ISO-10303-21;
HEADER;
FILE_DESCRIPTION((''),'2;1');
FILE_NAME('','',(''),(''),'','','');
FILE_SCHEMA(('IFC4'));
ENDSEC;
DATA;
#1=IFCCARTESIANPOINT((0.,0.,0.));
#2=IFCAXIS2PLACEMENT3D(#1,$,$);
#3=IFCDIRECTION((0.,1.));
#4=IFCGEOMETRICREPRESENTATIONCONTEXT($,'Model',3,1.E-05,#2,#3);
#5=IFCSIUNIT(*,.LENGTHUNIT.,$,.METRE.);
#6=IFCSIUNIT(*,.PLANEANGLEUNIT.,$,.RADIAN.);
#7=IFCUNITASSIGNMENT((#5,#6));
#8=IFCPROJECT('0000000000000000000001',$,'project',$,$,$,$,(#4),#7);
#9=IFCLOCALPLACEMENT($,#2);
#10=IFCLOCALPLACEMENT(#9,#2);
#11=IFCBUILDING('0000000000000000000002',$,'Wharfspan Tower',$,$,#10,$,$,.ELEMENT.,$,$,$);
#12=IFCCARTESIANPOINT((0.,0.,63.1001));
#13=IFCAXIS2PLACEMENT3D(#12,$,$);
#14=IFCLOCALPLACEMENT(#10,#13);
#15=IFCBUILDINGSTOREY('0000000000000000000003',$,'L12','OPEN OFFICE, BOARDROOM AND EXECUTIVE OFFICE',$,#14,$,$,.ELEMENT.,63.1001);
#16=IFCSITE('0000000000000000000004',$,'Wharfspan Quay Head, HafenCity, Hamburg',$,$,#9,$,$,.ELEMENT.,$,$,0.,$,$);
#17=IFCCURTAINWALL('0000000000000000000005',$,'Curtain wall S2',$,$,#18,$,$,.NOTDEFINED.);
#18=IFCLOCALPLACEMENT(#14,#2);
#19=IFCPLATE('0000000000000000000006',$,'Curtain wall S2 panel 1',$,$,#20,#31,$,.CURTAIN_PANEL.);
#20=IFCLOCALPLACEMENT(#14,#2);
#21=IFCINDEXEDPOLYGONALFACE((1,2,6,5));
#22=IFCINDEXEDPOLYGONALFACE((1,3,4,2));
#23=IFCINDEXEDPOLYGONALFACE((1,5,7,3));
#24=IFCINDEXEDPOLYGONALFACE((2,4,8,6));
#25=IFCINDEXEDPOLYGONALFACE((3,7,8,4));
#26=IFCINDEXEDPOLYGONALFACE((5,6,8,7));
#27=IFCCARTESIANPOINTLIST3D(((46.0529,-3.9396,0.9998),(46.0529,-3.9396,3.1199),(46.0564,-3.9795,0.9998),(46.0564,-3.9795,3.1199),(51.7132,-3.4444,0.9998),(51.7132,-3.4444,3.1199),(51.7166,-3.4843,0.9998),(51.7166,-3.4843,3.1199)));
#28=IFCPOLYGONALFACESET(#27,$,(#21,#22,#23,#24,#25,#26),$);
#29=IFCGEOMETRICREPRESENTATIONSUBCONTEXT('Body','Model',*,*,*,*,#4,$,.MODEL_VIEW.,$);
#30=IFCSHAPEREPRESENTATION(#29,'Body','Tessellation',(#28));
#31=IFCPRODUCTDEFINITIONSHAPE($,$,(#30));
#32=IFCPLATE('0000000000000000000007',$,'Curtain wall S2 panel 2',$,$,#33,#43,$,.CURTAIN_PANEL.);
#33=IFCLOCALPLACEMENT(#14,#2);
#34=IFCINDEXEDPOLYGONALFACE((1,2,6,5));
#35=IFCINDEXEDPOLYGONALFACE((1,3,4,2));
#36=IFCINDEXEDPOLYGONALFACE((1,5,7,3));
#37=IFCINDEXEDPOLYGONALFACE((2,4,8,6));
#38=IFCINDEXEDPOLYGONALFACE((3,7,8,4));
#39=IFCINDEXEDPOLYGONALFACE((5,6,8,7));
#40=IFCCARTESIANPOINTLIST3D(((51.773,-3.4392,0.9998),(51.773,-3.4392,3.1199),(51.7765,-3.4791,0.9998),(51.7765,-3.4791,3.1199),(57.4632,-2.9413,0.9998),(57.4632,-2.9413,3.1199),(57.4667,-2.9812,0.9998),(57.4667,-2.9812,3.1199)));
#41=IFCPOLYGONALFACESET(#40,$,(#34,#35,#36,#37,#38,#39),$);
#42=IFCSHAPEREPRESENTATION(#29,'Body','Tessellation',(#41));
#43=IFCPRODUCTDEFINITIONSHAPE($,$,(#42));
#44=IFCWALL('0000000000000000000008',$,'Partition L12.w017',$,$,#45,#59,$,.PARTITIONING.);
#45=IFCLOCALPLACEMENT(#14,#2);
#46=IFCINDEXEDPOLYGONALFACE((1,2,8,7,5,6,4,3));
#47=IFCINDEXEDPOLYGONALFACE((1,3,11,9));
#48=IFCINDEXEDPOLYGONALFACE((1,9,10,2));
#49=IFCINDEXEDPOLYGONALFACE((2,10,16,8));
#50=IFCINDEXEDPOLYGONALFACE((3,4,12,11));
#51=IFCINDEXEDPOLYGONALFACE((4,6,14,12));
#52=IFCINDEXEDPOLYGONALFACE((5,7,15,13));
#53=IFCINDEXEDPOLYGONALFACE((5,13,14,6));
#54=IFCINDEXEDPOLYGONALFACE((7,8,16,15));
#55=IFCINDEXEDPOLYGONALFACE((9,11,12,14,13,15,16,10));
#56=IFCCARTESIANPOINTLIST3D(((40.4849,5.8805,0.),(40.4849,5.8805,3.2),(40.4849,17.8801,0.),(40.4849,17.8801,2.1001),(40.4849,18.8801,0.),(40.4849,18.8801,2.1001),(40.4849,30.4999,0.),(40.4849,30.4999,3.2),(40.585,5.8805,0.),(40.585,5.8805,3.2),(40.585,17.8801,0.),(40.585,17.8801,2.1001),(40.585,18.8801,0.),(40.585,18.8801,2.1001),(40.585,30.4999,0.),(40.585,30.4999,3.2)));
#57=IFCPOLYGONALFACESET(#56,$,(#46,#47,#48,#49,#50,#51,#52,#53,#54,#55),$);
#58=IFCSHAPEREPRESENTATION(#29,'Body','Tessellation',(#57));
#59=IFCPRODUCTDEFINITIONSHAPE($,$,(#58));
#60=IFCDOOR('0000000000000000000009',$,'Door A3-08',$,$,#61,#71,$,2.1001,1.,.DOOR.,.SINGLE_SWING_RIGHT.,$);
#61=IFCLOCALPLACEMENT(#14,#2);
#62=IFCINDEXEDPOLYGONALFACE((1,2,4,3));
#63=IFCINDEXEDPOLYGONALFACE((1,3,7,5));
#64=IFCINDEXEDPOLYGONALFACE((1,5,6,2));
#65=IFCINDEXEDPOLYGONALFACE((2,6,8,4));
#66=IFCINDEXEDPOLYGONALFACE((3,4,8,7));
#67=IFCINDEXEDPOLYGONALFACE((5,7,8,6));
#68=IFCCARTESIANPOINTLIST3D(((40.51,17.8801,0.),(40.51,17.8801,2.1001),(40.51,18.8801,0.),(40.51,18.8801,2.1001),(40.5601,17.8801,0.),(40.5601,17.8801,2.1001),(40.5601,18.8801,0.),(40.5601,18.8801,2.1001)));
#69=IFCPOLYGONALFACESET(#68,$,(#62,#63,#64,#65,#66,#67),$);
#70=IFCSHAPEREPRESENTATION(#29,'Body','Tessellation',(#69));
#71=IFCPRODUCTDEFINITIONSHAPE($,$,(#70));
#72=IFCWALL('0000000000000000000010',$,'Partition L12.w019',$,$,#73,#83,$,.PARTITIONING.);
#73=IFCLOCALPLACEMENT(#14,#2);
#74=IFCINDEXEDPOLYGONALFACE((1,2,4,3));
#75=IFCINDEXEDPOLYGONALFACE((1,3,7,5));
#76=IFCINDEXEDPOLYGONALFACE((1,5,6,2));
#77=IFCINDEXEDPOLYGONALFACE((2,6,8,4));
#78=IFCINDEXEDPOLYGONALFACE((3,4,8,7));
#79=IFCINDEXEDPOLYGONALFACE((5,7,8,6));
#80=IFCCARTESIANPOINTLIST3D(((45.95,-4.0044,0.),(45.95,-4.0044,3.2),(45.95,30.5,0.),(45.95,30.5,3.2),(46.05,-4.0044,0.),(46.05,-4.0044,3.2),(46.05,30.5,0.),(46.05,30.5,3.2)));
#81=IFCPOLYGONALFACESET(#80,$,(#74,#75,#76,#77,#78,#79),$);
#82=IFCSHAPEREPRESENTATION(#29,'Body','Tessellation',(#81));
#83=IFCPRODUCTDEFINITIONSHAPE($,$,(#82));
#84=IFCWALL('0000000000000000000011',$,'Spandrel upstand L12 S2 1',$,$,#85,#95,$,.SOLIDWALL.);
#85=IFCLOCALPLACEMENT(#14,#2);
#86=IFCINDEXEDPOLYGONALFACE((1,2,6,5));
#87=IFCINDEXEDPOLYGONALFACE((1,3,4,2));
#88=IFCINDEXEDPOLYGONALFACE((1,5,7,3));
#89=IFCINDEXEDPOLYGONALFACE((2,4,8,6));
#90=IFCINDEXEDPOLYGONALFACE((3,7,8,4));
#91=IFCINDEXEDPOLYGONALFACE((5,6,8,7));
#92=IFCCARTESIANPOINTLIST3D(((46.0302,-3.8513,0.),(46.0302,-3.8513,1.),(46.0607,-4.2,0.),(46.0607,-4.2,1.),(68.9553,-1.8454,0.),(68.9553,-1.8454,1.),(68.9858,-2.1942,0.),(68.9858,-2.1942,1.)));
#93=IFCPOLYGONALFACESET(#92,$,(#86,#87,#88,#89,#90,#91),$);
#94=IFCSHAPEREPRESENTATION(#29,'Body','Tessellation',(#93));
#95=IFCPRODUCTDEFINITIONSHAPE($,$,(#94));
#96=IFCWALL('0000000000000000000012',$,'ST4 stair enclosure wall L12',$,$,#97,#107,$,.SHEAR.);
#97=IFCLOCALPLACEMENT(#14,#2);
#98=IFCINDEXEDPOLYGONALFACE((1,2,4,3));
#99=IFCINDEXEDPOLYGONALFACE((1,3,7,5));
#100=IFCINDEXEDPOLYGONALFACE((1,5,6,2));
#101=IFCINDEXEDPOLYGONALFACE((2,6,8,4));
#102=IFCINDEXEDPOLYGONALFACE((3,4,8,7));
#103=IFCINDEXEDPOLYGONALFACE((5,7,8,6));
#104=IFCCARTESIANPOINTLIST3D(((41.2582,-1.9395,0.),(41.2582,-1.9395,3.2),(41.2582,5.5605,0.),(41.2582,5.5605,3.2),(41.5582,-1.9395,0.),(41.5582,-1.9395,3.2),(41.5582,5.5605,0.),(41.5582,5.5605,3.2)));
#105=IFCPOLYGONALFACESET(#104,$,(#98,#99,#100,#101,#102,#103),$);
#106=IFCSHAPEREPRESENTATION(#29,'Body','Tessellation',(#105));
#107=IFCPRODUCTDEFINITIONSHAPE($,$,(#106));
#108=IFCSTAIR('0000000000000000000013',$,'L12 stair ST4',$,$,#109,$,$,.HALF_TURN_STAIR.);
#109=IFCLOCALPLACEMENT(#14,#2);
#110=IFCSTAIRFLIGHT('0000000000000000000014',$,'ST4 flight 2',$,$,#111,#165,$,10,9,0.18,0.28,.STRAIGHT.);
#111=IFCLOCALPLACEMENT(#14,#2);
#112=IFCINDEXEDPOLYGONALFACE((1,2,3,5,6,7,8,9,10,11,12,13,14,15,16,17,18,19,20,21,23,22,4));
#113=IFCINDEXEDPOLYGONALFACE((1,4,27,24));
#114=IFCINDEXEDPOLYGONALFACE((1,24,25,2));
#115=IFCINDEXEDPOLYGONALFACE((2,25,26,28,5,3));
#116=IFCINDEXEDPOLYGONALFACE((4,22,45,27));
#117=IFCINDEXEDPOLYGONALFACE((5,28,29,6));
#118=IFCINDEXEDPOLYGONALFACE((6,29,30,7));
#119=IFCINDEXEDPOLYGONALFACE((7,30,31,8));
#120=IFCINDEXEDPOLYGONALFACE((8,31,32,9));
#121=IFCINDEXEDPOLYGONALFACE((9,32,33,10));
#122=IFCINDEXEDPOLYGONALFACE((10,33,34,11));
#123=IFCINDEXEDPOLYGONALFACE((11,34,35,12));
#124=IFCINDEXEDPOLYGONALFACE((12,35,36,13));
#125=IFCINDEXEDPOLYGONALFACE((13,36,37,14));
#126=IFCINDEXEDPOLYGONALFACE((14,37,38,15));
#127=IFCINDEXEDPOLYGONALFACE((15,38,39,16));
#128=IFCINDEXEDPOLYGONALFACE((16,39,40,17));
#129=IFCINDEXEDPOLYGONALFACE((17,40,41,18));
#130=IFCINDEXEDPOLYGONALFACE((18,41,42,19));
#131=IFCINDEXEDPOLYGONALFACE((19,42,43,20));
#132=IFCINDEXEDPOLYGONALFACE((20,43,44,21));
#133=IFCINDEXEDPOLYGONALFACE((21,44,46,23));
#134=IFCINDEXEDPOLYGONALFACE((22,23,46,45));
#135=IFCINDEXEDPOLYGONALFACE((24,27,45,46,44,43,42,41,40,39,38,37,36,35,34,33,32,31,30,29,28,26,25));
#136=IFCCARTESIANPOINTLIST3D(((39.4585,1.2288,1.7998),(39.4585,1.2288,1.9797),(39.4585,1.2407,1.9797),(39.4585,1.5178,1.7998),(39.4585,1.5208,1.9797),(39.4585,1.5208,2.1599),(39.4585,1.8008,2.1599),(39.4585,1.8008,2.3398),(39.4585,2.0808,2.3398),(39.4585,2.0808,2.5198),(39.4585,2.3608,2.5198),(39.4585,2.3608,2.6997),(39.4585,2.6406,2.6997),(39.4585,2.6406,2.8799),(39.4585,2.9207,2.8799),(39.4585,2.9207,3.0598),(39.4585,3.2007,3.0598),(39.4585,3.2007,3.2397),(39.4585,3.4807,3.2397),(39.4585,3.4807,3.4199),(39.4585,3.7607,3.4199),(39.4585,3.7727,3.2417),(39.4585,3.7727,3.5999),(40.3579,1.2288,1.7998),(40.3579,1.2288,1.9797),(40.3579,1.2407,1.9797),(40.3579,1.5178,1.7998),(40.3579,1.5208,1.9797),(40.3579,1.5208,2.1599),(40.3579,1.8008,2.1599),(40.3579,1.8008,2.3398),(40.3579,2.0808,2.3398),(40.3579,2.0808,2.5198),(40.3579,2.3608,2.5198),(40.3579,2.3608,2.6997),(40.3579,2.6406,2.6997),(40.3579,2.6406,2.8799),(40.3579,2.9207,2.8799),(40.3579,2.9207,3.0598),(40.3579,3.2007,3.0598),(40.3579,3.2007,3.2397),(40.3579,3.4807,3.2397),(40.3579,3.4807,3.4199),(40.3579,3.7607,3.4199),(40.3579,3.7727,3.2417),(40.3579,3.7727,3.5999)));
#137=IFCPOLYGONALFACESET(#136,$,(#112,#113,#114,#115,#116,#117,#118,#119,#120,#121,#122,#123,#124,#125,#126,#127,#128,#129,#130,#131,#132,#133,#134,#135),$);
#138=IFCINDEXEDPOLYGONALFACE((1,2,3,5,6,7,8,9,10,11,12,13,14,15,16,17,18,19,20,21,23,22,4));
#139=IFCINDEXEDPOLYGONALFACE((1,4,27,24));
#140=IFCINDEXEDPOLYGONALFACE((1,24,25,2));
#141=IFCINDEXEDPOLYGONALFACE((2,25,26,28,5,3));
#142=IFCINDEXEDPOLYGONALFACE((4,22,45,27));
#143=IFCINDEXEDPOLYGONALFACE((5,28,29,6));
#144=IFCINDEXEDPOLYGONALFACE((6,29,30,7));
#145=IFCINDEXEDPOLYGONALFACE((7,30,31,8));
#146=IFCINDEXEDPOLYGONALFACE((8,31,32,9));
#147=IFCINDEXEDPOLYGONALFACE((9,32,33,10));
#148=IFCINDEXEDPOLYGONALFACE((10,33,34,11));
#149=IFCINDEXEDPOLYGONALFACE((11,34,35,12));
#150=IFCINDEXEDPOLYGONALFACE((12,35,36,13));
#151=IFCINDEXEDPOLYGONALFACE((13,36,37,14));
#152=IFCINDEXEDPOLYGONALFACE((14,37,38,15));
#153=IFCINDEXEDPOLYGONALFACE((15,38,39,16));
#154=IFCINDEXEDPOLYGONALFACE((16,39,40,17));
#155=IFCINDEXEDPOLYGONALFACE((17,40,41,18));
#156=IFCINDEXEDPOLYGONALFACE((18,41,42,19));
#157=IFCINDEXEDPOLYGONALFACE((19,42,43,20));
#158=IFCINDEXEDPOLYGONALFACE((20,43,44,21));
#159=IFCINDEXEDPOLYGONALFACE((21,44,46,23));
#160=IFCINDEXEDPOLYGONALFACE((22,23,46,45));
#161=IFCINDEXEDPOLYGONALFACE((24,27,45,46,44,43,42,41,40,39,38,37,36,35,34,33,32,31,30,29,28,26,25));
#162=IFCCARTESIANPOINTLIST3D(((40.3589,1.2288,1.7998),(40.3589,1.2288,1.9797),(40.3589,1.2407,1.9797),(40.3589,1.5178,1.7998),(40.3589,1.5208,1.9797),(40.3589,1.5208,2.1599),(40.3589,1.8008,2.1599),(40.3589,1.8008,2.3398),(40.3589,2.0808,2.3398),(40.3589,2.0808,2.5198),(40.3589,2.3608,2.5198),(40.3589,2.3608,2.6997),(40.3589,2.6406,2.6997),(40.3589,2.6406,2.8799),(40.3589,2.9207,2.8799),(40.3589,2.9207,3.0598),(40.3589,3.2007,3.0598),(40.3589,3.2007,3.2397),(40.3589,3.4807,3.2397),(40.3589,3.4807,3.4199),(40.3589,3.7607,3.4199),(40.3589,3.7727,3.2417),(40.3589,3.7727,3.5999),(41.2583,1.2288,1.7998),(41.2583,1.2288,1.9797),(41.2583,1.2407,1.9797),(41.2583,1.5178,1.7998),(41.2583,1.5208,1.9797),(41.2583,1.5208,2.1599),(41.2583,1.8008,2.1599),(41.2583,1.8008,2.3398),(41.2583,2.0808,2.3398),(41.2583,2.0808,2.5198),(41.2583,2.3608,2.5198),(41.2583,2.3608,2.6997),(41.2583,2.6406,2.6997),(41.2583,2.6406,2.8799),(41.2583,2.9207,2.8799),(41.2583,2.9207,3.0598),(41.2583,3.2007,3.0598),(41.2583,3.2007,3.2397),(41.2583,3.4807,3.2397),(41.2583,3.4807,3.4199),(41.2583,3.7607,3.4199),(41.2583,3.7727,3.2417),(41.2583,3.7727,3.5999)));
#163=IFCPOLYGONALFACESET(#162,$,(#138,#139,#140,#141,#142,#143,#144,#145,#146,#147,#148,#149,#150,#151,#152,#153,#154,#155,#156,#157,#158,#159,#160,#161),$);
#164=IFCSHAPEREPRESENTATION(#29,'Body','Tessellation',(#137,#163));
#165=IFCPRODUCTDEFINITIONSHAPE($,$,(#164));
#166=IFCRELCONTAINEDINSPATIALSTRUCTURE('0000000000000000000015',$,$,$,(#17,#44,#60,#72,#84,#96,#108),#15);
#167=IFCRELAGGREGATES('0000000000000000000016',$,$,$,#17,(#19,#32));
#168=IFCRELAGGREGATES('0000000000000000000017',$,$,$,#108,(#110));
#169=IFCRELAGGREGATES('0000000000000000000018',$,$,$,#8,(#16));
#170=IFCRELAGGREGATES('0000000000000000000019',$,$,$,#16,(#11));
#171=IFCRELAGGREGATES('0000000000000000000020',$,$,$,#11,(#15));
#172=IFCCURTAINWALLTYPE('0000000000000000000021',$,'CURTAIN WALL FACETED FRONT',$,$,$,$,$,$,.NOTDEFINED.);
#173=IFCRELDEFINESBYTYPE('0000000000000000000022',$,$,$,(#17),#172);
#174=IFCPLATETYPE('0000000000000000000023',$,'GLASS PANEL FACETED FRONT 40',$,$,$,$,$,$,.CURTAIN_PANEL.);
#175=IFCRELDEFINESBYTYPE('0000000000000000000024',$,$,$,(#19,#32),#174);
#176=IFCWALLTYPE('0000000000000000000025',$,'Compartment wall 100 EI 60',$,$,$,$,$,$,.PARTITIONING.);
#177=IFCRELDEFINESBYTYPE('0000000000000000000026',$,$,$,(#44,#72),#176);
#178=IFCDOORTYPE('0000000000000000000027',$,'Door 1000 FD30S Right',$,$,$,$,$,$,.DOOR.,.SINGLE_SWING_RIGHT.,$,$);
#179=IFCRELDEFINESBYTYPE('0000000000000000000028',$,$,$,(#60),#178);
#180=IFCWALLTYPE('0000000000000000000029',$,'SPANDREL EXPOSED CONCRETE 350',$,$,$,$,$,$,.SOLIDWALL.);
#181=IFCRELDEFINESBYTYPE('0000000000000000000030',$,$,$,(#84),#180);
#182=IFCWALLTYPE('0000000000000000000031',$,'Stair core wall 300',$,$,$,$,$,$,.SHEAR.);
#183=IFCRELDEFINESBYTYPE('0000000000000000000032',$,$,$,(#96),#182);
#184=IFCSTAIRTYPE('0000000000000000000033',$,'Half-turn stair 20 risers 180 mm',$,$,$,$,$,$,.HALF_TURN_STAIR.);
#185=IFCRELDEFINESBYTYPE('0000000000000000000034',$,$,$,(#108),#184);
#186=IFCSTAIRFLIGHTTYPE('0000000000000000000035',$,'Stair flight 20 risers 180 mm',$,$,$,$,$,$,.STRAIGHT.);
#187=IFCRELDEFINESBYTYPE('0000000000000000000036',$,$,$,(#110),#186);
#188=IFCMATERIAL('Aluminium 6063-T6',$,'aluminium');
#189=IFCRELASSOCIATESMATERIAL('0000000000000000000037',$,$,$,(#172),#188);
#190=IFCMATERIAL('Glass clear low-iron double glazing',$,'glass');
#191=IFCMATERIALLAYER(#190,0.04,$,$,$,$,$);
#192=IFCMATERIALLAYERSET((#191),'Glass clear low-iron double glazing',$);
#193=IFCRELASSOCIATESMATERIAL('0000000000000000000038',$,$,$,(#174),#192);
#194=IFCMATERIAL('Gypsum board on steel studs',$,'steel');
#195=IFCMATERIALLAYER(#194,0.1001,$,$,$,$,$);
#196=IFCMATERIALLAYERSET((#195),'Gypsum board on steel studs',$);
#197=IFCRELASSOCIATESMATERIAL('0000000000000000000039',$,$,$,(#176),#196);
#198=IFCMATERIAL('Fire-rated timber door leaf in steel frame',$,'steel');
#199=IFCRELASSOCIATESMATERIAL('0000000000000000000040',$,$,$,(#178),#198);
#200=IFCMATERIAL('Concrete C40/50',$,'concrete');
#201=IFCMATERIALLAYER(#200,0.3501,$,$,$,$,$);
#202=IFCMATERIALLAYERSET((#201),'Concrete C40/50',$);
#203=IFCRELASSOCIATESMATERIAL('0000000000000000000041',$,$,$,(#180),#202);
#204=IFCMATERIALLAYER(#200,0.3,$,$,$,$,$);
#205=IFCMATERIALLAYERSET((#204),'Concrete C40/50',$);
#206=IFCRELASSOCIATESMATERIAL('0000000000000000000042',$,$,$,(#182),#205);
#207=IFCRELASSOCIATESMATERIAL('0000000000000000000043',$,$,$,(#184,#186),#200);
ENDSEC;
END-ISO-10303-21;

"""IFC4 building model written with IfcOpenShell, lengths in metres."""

from ifc_helpers import new_model, si_unit, direction, frame, frame_2d, origin, origin_2d, place, context, subcontext, project, spatial, polyline, rectangle, outline, extrude, material, layer, layer_set, type_object, element, fill, aggregate, save


model = new_model("IFC4")

# Units and contexts
model_context = context("Model", 3, precision=1e-05, world=origin(), true_north=direction((0.0, 1.0)))
body_context = subcontext(model_context, "Body", "Model", "MODEL_VIEW")
ifc_project = project(units=[si_unit("LENGTHUNIT", "METRE"), si_unit("PLANEANGLEUNIT", "RADIAN")], contexts=[model_context])

# Site, building, storey
site_placement = place(None, origin())
site = spatial("IfcSite", under=ifc_project, at=site_placement, Name="Wharfspan Quay Head, HafenCity, Hamburg", CompositionType="ELEMENT", RefElevation=0.0)
building_placement = place(site_placement, origin())
building = spatial("IfcBuilding", under=site, at=building_placement, Name="Wharfspan Tower", CompositionType="ELEMENT")
storey_placement = place(building_placement, frame((0.0, 0.0, 63.1001)))
storey = spatial("IfcBuildingStorey", under=building, at=storey_placement, Name="L12", Description="OPEN OFFICE, BOARDROOM AND EXECUTIVE OFFICE", CompositionType="ELEMENT", Elevation=63.1001)

# Curtain wall
ifc_material_1 = material(Name="Aluminium 6063-T6", Category="aluminium")
curtain_wall_type = type_object("IfcCurtainWallType", Name="CURTAIN WALL FACETED FRONT", PredefinedType="NOTDEFINED", material=ifc_material_1)
curtain_wall_1_placement = place(storey_placement, origin())
curtain_wall_1 = element("IfcCurtainWall", 1, at=curtain_wall_1_placement, inside=storey, type_object=curtain_wall_type, Name="Curtain wall S2", PredefinedType="NOTDEFINED")

# Plates
ifc_material_2 = material(Name="Glass clear low-iron double glazing", Category="glass")
ifc_layer_1 = layer(ifc_material_2, 0.04)
ifc_layer_set_1 = layer_set([ifc_layer_1], Name="Glass clear low-iron double glazing")
plate_type = type_object("IfcPlateType", Name="GLASS PANEL FACETED FRONT 40", PredefinedType="CURTAIN_PANEL", material=ifc_layer_set_1)
plate_1_placement = place(storey_placement, frame((48.8848, -3.7119, 0.9998), z_axis=(0.0, 0.0, 1.0), x_axis=(0.996197, 0.087156, 0.0)))
plate_1 = element("IfcPlate", 2, at=plate_1_placement, type_object=plate_type, Name="Curtain wall S2 panel 1", PredefinedType="CURTAIN_PANEL", context=body_context, shape_type="SweptSolid", body=[
    extrude(rectangle(XDim=5.6819, YDim=0.04, at=origin_2d()), origin(), (0.0, 0.0, 1.0), 2.1201),
])
plate_2_placement = place(storey_placement, frame((54.6199, -3.2102, 0.9998), z_axis=(0.0, 0.0, 1.0), x_axis=(0.996197, 0.087156, 0.0)))
plate_2 = element("IfcPlate", 3, at=plate_2_placement, type_object=plate_type, Name="Curtain wall S2 panel 2", PredefinedType="CURTAIN_PANEL", context=body_context, shape_type="SweptSolid", body=[
    extrude(rectangle(XDim=5.7119, YDim=0.04, at=origin_2d()), origin(), (0.0, 0.0, 1.0), 2.1201),
])
aggregate(curtain_wall_1, [plate_1, plate_2])

# Wall, opening, door
ifc_material_3 = material(Name="Gypsum board on steel studs", Category="steel")
ifc_layer_2 = layer(ifc_material_3, 0.1001)
ifc_layer_set_2 = layer_set([ifc_layer_2], Name="Gypsum board on steel studs")
wall_type_1 = type_object("IfcWallType", Name="Compartment wall 100 EI 60", PredefinedType="PARTITIONING", material=ifc_layer_set_2)
wall_1_placement = place(storey_placement, frame((40.5349, 5.8806, 0.0), z_axis=(0.0, 0.0, 1.0), x_axis=(0.0, 1.0, 0.0)))
wall_1 = element("IfcWall", 4, at=wall_1_placement, inside=storey, type_object=wall_type_1, Name="Partition L12.w017", PredefinedType="PARTITIONING", context=body_context, shape_type="SweptSolid", body=[
    extrude(rectangle(XDim=24.6194, YDim=0.1001, at=frame_2d((12.3096, 0.0))), origin(), (0.0, 0.0, 1.0), 3.2),
])
opening_placement = place(wall_1_placement, frame((11.9995, 0.0, 0.0)))
opening = element("IfcOpeningElement", 5, at=opening_placement, cuts=wall_1, PredefinedType="OPENING", context=body_context, shape_type="SweptSolid", body=[
    extrude(rectangle(XDim=1.0, YDim=2.1001, at=frame_2d((0.5, 1.05))), frame((0.0, 0.0601, 0.0), z_axis=(0.0, -1.0, 0.0), x_axis=(1.0, 0.0, 0.0)), (0.0, 0.0, 1.0), 0.1201),
])
ifc_material_4 = material(Name="Fire-rated timber door leaf in steel frame", Category="steel")
door_type = type_object("IfcDoorType", Name="Door 1000 FD30S Right", OperationType="SINGLE_SWING_RIGHT", PredefinedType="DOOR", material=ifc_material_4)
door_placement = place(opening_placement, origin())
door = element("IfcDoor", 6, at=door_placement, inside=storey, type_object=door_type, Name="Door A3-08", OperationType="SINGLE_SWING_RIGHT", OverallHeight=2.1001, OverallWidth=1.0, PredefinedType="DOOR", context=body_context, shape_type="SweptSolid", body=[
    extrude(rectangle(XDim=1.0, YDim=2.1001, at=frame_2d((0.5, 1.05))), frame((0.0, 0.0249, 0.0), z_axis=(0.0, -1.0, 0.0), x_axis=(1.0, 0.0, 0.0)), (0.0, 0.0, 1.0), 0.05),
])
fill(opening, door)

# Walls
wall_2_placement = place(storey_placement, frame((46.0, -4.0044, 0.0), z_axis=(0.0, 0.0, 1.0), x_axis=(0.0, 1.0, 0.0)))
element("IfcWall", 7, at=wall_2_placement, inside=storey, type_object=wall_type_1, Name="Partition L12.w019", PredefinedType="PARTITIONING", context=body_context, shape_type="SweptSolid", body=[
    extrude(rectangle(XDim=34.5044, YDim=0.1001, at=frame_2d((17.2522, 0.0))), origin(), (0.0, 0.0, 1.0), 3.2),
])
ifc_material_5 = material(Name="Concrete C40/50", Category="concrete")
ifc_layer_3 = layer(ifc_material_5, 0.3501)
ifc_layer_set_3 = layer_set([ifc_layer_3], Name="Concrete C40/50")
wall_type_2 = type_object("IfcWallType", Name="SPANDREL EXPOSED CONCRETE 350", PredefinedType="SOLIDWALL", material=ifc_layer_set_3)
wall_3_placement = place(storey_placement, frame((46.0454, -4.0256, 0.0), z_axis=(0.0, 0.0, 1.0), x_axis=(0.99619, 0.087163, 0.0)))
element("IfcWall", 8, at=wall_3_placement, inside=storey, type_object=wall_type_2, Name="Spandrel upstand L12 S2 1", PredefinedType="SOLIDWALL", context=body_context, shape_type="SweptSolid", body=[
    extrude(rectangle(XDim=23.0127, YDim=0.3501, at=frame_2d((11.5063, 0.0))), origin(), (0.0, 0.0, 1.0), 1.0),
])
ifc_layer_4 = layer(ifc_material_5, 0.3)
ifc_layer_set_4 = layer_set([ifc_layer_4], Name="Concrete C40/50")
wall_type_3 = type_object("IfcWallType", Name="Stair core wall 300", PredefinedType="SHEAR", material=ifc_layer_set_4)
wall_4_placement = place(storey_placement, frame((41.4082, -1.9395, 0.0), z_axis=(0.0, 0.0, 1.0), x_axis=(0.0, 1.0, 0.0)))
element("IfcWall", 9, at=wall_4_placement, inside=storey, type_object=wall_type_3, Name="ST4 stair enclosure wall L12", PredefinedType="SHEAR", context=body_context, shape_type="SweptSolid", body=[
    extrude(rectangle(XDim=7.5, YDim=0.3, at=frame_2d((3.75, 0.0))), origin(), (0.0, 0.0, 1.0), 3.2),
])

# Stair, stair flight
stair_type = type_object("IfcStairType", Name="Half-turn stair 20 risers 180 mm", PredefinedType="HALF_TURN_STAIR", material=ifc_material_5)
stair_placement = place(storey_placement, origin())
stair = element("IfcStair", 10, at=stair_placement, inside=storey, type_object=stair_type, Name="L12 stair ST4", PredefinedType="HALF_TURN_STAIR")
stair_flight_type = type_object("IfcStairFlightType", Name="Stair flight 20 risers 180 mm", PredefinedType="STRAIGHT", material=ifc_material_5)
stair_flight_placement = place(storey_placement, frame((40.3584, 1.2407, 1.7998), z_axis=(0.0, 0.0, 1.0), x_axis=(0.0, 1.0, 0.0)))
stair_flight = element("IfcStairFlight", 11, at=stair_flight_placement, type_object=stair_flight_type, Name="ST4 flight 2", NumberOfRisers=10, NumberOfTreads=9, PredefinedType="STRAIGHT", RiserHeight=0.18, TreadLength=0.28, context=body_context, shape_type="SweptSolid", body=[
    extrude(outline(polyline([(-0.012, 0.0), (-0.012, 0.1799), (0.0, 0.1799), (0.28, 0.1799), (0.28, 0.3601), (0.5601, 0.3601), (0.5601, 0.54), (0.8401, 0.54), (0.8401, 0.72), (1.1201, 0.72), (1.1201, 0.8999), (1.3999, 0.8999), (1.3999, 1.0801), (1.6799, 1.0801), (1.6799, 1.26), (1.96, 1.26), (1.96, 1.4399), (2.24, 1.4399), (2.24, 1.6201), (2.52, 1.6201), (2.532, 1.8), (2.532, 1.4419), (0.2771, 0.0), (-0.012, 0.0)])), frame((0.0, 0.8999, 0.0), z_axis=(0.0, -1.0, 0.0), x_axis=(1.0, 0.0, 0.0)), (0.0, 0.0, 1.0), 0.8994),
    extrude(outline(polyline([(-0.012, 0.0), (-0.012, 0.1799), (0.0, 0.1799), (0.28, 0.1799), (0.28, 0.3601), (0.5601, 0.3601), (0.5601, 0.54), (0.8401, 0.54), (0.8401, 0.72), (1.1201, 0.72), (1.1201, 0.8999), (1.3999, 0.8999), (1.3999, 1.0801), (1.6799, 1.0801), (1.6799, 1.26), (1.96, 1.26), (1.96, 1.4399), (2.24, 1.4399), (2.24, 1.6201), (2.52, 1.6201), (2.532, 1.8), (2.532, 1.4419), (0.2771, 0.0), (-0.012, 0.0)])), frame((0.0, -0.0005, 0.0), z_axis=(0.0, -1.0, 0.0), x_axis=(1.0, 0.0, 0.0)), (0.0, 0.0, 1.0), 0.8994),
])
aggregate(stair, [stair_flight])

save(model, "model.ifc")
